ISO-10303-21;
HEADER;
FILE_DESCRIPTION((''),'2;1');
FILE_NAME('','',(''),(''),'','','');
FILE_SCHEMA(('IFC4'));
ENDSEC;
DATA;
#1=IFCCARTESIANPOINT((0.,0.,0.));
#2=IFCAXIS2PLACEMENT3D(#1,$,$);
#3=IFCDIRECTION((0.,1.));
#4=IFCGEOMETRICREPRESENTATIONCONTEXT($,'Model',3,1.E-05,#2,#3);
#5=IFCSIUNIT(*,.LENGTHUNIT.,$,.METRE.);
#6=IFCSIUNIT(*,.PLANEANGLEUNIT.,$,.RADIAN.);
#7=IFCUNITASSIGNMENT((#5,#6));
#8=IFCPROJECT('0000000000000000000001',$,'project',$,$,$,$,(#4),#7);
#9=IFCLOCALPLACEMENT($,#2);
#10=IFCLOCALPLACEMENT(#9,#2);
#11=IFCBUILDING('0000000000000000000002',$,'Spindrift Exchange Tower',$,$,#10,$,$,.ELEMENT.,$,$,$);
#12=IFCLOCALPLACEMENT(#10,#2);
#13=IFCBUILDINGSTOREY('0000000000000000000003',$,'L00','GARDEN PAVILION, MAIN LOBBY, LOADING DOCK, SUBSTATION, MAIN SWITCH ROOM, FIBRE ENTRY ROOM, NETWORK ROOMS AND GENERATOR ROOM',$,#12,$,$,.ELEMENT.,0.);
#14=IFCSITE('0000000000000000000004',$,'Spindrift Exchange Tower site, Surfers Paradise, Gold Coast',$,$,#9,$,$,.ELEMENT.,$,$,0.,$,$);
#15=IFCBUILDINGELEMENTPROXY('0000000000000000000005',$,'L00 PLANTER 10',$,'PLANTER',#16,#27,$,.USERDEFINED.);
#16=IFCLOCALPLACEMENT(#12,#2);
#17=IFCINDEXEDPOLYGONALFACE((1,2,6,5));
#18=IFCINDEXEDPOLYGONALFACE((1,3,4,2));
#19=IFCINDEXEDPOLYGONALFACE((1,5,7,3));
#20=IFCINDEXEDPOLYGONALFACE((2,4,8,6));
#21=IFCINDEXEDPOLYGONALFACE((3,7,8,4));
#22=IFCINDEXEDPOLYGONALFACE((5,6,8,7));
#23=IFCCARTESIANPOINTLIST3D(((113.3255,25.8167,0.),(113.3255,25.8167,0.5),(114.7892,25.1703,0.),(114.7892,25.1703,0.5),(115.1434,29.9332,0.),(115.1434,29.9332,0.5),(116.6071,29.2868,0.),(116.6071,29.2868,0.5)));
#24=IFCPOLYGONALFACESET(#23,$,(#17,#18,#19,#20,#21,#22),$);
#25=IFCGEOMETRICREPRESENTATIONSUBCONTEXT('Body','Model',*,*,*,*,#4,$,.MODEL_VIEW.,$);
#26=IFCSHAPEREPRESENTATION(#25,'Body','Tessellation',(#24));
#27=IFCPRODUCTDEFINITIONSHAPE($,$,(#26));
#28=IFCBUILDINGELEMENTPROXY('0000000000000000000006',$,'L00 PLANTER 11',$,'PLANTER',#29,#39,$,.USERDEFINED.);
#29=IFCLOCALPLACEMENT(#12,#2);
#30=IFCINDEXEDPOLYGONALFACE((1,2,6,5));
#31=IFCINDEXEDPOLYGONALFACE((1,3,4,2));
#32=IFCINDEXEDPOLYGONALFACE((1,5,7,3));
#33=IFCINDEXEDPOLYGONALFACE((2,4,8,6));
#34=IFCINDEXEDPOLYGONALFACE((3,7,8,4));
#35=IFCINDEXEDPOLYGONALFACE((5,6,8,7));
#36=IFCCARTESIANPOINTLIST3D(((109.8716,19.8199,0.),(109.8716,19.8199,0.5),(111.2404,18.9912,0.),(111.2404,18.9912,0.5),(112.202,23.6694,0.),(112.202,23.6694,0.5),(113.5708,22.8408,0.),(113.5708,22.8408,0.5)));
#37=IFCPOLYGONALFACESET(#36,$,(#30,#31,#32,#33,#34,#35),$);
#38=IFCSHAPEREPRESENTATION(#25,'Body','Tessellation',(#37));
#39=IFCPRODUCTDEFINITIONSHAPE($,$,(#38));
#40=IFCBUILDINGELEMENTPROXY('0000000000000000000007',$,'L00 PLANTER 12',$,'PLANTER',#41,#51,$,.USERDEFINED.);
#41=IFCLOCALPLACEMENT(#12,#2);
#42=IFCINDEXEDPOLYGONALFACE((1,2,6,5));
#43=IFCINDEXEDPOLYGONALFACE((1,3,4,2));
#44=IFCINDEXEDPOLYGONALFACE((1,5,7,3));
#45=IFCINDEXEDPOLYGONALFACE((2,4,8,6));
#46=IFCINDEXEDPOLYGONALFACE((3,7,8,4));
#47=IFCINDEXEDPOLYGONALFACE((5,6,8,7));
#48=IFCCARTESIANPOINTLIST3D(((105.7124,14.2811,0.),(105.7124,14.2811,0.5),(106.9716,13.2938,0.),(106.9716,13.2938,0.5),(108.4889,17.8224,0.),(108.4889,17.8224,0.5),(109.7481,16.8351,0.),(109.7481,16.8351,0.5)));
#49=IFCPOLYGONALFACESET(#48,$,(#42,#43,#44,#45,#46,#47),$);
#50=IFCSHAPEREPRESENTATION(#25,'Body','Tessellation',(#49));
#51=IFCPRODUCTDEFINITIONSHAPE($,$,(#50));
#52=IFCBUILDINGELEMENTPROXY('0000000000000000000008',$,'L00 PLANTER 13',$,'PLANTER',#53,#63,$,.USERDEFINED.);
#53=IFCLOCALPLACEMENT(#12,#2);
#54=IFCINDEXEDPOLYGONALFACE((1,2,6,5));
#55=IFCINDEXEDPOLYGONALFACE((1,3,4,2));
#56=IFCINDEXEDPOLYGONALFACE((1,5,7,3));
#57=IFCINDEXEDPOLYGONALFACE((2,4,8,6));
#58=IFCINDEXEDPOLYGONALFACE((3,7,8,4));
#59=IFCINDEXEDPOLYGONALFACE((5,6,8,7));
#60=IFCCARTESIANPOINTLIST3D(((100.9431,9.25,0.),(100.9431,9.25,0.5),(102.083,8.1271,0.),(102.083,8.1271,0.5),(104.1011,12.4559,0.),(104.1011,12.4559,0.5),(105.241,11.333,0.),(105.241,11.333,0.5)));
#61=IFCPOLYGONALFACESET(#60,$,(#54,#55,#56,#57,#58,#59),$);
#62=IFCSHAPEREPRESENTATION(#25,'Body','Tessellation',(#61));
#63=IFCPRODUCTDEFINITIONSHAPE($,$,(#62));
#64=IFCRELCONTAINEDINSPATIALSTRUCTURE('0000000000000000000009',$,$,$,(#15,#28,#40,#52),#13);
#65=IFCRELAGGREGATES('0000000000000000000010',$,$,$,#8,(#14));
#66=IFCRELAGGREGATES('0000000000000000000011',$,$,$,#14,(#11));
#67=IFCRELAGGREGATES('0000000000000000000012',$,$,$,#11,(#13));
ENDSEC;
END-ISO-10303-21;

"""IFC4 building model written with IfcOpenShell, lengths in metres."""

from ifc_helpers import new_model, si_unit, direction, frame, origin, origin_2d, place, context, subcontext, project, spatial, rectangle, extrude, source, transform, mapped, element, save


model = new_model("IFC4")

# Units and contexts
model_context = context("Model", 3, precision=1e-05, world=origin(), true_north=direction((0.0, 1.0)))
body_context = subcontext(model_context, "Body", "Model", "MODEL_VIEW")
ifc_project = project(units=[si_unit("LENGTHUNIT", "METRE"), si_unit("PLANEANGLEUNIT", "RADIAN")], contexts=[model_context])

# Site, building, storey
site_placement = place(None, origin())
site = spatial("IfcSite", under=ifc_project, at=site_placement, Name="Spindrift Exchange Tower site, Surfers Paradise, Gold Coast", CompositionType="ELEMENT", RefElevation=0.0)
building_placement = place(site_placement, origin())
building = spatial("IfcBuilding", under=site, at=building_placement, Name="Spindrift Exchange Tower", CompositionType="ELEMENT")
storey_placement = place(building_placement, origin())
storey = spatial("IfcBuildingStorey", under=building, at=storey_placement, Name="L00", Description="GARDEN PAVILION, MAIN LOBBY, LOADING DOCK, SUBSTATION, MAIN SWITCH ROOM, FIBRE ENTRY ROOM, NETWORK ROOMS AND GENERATOR ROOM", CompositionType="ELEMENT", Elevation=0.0)

# Building element proxies
shared_shape_1 = source(origin(), body_context, "Body", "SweptSolid", [
    extrude(rectangle(XDim=4.5, YDim=1.6001, at=origin_2d()), origin(), (0.0, 0.0, 1.0), 0.5),
])
for number, where, z_axis, x_axis, name in (
    (1, (114.9663, 27.5518, 0.0), (0.0, 0.0, 1.0), (-0.403968, -0.914773, 0.0), "L00 PLANTER 10"),
    (2, (111.7212, 21.3303, 0.0), (0.0, 0.0, 1.0), (-0.517867, -0.855461, 0.0), "L00 PLANTER 11"),
    (3, (107.7302, 15.5581, 0.0), (0.0, 0.0, 1.0), (-0.617003, -0.786961, 0.0), "L00 PLANTER 12"),
    (4, (103.092, 10.2915, 0.0), (0.0, 0.0, 1.0), (-0.70177, -0.712403, 0.0), "L00 PLANTER 13"),
):
    element("IfcBuildingElementProxy", number, at=place(storey_placement, frame(where, z_axis=z_axis, x_axis=x_axis)), inside=storey, Name=name, ObjectType="PLANTER", PredefinedType="USERDEFINED", context=body_context, shape_type="MappedRepresentation", body=[
        mapped(shared_shape_1, transform((0.0, 0.0, 0.0), scale=1.0)),
    ])

save(model, "model.ifc")
